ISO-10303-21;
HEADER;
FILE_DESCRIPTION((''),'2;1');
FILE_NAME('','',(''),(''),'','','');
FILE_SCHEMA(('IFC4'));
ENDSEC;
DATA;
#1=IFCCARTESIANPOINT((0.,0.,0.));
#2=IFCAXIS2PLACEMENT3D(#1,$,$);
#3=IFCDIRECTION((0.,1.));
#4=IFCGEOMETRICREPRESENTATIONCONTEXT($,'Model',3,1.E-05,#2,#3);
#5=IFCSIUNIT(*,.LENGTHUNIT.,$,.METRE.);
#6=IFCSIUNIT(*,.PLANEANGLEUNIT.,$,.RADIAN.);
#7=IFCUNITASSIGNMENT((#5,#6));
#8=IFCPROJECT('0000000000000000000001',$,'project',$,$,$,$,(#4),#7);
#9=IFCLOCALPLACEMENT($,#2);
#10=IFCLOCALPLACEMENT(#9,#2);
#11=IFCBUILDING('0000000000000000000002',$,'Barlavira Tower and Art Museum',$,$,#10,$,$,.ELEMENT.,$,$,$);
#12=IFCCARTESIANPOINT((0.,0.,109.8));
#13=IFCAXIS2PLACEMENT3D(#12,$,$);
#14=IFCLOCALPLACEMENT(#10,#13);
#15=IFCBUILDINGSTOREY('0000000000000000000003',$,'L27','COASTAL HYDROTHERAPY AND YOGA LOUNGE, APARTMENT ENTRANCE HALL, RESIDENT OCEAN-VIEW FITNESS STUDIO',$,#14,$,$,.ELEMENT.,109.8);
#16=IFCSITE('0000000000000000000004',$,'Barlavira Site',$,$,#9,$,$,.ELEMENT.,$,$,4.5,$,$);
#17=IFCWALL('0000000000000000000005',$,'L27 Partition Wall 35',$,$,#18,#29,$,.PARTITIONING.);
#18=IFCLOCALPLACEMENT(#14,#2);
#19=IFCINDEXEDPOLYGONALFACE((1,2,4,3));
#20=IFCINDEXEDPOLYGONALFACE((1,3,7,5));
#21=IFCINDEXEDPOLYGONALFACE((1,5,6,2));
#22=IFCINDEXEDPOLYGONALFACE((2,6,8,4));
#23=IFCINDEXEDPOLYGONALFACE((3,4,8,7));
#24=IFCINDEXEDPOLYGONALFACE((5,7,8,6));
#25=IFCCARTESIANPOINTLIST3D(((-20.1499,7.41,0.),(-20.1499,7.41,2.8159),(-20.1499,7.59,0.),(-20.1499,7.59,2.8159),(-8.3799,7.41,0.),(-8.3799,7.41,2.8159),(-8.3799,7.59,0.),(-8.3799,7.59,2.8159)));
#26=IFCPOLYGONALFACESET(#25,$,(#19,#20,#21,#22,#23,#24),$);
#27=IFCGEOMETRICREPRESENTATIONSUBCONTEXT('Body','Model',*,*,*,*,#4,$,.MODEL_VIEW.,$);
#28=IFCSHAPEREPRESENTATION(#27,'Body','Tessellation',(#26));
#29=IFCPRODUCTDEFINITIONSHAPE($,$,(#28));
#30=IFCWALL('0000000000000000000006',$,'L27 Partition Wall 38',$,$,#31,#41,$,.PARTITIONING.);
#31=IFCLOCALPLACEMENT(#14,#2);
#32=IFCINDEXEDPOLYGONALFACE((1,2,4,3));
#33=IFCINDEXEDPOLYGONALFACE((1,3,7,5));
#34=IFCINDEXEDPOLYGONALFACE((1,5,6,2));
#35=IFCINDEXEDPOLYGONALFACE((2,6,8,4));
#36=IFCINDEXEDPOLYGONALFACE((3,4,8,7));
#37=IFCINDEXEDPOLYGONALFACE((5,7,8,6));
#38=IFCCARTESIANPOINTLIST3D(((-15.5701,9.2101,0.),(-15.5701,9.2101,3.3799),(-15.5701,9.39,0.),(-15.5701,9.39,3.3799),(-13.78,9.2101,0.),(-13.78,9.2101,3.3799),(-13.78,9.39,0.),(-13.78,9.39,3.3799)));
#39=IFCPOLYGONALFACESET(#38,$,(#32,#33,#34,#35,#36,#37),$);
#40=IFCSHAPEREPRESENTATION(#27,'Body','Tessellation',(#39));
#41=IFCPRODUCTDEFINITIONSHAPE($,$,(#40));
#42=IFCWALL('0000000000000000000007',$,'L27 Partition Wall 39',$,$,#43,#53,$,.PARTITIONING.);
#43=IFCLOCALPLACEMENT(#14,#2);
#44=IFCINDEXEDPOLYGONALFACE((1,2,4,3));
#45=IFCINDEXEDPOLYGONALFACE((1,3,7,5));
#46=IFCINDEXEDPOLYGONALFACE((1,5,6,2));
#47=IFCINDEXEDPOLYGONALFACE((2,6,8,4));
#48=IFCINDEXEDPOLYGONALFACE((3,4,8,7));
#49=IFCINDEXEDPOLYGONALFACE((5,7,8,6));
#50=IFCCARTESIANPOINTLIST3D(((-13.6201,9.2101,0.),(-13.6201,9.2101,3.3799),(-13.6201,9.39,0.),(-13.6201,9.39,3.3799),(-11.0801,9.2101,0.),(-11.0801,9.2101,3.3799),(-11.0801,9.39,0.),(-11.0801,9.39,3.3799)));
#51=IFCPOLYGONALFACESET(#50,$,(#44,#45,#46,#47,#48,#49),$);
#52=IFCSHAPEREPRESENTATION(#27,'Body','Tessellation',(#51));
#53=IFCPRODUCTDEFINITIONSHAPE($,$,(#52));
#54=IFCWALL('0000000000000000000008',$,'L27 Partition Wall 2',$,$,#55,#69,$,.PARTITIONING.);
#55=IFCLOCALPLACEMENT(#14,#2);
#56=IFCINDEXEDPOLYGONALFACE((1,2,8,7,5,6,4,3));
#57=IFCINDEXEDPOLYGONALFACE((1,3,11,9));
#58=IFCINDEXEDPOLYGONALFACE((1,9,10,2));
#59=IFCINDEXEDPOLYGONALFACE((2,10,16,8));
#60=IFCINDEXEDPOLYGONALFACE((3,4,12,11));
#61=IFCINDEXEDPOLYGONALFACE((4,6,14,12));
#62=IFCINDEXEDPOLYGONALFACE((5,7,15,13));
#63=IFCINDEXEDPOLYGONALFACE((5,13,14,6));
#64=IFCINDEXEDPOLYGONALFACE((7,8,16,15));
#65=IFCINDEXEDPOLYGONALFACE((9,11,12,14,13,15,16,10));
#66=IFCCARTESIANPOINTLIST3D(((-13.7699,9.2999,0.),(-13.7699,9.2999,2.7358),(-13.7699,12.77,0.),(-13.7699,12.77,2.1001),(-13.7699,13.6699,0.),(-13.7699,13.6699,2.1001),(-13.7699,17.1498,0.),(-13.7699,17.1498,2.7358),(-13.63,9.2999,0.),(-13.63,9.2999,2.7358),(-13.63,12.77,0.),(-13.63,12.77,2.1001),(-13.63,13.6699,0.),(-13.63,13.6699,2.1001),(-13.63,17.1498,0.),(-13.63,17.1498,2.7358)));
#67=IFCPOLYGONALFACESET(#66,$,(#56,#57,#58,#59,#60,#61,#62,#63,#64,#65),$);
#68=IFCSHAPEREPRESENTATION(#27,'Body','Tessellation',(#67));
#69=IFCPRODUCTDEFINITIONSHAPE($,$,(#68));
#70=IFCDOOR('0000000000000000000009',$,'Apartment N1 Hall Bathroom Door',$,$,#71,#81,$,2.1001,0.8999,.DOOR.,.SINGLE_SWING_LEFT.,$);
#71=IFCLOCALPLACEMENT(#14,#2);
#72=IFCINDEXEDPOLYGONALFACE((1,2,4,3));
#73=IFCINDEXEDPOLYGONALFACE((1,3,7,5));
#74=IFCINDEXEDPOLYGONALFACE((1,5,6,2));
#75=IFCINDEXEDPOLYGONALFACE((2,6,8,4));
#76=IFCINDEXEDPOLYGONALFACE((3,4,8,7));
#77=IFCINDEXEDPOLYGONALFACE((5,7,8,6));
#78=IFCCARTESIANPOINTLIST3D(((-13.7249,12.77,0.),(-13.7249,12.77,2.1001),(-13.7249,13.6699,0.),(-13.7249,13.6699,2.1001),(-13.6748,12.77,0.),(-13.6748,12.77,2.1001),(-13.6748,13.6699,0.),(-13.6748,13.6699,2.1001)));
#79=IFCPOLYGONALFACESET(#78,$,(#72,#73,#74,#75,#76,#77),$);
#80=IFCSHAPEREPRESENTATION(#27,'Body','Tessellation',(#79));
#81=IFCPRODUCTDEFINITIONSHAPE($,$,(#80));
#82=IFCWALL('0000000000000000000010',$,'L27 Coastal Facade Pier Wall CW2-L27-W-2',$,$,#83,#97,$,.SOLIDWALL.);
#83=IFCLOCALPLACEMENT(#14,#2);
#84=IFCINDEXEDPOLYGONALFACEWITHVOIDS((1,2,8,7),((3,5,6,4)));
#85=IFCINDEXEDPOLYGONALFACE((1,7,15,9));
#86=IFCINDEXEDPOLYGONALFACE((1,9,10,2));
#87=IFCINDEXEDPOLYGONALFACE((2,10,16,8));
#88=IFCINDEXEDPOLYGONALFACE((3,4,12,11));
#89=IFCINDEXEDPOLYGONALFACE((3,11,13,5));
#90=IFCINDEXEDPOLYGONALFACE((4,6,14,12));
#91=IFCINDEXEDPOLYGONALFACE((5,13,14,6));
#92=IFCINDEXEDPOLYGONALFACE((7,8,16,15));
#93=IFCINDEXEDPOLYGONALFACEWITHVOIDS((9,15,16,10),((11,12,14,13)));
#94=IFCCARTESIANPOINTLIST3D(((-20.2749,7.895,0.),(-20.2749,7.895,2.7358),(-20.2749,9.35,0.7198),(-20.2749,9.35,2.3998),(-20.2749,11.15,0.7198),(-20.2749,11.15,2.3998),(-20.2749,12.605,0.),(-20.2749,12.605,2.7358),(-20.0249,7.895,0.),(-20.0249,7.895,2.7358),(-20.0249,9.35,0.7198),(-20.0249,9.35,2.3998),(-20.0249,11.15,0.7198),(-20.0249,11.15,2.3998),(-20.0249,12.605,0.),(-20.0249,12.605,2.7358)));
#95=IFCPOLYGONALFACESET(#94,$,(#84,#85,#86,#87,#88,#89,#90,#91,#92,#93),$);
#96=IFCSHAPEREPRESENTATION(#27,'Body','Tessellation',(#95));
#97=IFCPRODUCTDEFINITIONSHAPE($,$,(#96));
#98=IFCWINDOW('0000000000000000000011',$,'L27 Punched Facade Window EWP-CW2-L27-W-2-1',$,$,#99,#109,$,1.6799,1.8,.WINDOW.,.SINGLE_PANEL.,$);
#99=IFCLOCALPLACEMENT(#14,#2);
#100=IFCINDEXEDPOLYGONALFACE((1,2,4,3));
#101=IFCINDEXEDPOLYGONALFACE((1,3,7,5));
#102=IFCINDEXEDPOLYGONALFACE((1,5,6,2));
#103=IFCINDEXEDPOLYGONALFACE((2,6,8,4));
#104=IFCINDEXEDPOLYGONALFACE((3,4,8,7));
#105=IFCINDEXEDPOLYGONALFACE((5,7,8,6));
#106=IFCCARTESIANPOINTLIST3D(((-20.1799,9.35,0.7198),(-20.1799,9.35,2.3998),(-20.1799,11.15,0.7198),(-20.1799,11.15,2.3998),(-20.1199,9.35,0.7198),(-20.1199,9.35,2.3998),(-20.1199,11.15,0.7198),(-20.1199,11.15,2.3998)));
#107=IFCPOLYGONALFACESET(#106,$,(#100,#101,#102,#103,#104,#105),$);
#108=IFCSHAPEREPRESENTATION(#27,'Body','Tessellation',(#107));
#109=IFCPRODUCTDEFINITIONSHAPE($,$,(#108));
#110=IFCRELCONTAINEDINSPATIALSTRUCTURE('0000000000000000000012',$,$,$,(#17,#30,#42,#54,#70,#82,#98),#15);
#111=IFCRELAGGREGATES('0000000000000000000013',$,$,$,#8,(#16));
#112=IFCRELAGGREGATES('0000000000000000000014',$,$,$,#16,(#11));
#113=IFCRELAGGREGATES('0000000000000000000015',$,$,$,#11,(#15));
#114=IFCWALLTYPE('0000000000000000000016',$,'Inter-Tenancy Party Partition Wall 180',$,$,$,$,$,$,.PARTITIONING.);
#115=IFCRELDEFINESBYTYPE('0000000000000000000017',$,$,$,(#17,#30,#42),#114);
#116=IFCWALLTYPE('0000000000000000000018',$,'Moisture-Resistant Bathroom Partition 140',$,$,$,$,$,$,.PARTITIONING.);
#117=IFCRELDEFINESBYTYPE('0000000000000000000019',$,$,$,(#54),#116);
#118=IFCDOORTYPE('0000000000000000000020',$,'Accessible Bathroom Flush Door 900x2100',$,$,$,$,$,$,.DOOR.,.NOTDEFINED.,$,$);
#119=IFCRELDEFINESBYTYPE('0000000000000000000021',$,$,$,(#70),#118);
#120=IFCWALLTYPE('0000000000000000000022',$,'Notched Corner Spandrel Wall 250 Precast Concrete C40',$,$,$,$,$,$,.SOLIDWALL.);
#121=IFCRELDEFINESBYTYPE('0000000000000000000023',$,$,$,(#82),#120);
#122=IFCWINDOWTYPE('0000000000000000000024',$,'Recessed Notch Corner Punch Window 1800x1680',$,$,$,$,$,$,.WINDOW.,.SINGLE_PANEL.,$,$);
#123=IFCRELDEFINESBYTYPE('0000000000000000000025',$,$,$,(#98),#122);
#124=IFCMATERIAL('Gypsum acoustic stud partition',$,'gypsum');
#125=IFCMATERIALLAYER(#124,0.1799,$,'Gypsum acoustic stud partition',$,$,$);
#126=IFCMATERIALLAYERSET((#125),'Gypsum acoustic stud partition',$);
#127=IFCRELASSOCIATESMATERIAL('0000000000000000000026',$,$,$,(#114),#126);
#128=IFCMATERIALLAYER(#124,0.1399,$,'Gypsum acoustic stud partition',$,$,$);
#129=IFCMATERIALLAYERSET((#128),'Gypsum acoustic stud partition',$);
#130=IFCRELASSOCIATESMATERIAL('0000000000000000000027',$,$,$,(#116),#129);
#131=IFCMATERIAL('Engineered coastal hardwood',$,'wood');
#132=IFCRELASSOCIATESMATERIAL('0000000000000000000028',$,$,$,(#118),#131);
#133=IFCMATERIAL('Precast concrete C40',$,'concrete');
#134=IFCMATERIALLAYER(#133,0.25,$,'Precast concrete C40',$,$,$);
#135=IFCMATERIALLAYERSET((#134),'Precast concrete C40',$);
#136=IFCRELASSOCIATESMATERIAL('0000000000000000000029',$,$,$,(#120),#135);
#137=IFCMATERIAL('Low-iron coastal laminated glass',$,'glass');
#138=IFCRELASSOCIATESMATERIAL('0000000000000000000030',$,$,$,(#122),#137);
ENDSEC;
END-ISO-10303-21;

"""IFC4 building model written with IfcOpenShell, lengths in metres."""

from ifc_helpers import new_model, si_unit, direction, frame, frame_2d, origin, place, context, subcontext, project, spatial, rectangle, extrude, material, layer, layer_set, type_object, element, fill, save


model = new_model("IFC4")

# Units and contexts
model_context = context("Model", 3, precision=1e-05, world=origin(), true_north=direction((0.0, 1.0)))
body_context = subcontext(model_context, "Body", "Model", "MODEL_VIEW")
ifc_project = project(units=[si_unit("LENGTHUNIT", "METRE"), si_unit("PLANEANGLEUNIT", "RADIAN")], contexts=[model_context])

# Site, building, storey
site_placement = place(None, origin())
site = spatial("IfcSite", under=ifc_project, at=site_placement, Name="Barlavira Site", CompositionType="ELEMENT", RefElevation=4.5)
building_placement = place(site_placement, origin())
building = spatial("IfcBuilding", under=site, at=building_placement, Name="Barlavira Tower and Art Museum", CompositionType="ELEMENT")
storey_placement = place(building_placement, frame((0.0, 0.0, 109.8)))
storey = spatial("IfcBuildingStorey", under=building, at=storey_placement, Name="L27", Description="COASTAL HYDROTHERAPY AND YOGA LOUNGE, APARTMENT ENTRANCE HALL, RESIDENT OCEAN-VIEW FITNESS STUDIO", CompositionType="ELEMENT", Elevation=109.8)

# Shared definitions
ifc_material_1 = material(Name="Low-iron coastal laminated glass", Category="glass")

# Walls
ifc_material_2 = material(Name="Gypsum acoustic stud partition", Category="gypsum")
ifc_layer_1 = layer(ifc_material_2, 0.1799, Name="Gypsum acoustic stud partition")
ifc_layer_set_1 = layer_set([ifc_layer_1], Name="Gypsum acoustic stud partition")
wall_type_1 = type_object("IfcWallType", Name="Inter-Tenancy Party Partition Wall 180", PredefinedType="PARTITIONING", material=ifc_layer_set_1)
wall_1_placement = place(storey_placement, frame((-20.1499, 7.5, 0.0), z_axis=(0.0, 0.0, 1.0), x_axis=(1.0, 0.0, 0.0)))
element("IfcWall", 1, at=wall_1_placement, inside=storey, type_object=wall_type_1, Name="L27 Partition Wall 35", PredefinedType="PARTITIONING", context=body_context, shape_type="SweptSolid", body=[
    extrude(rectangle(XDim=11.77, YDim=0.1799, at=frame_2d((5.885, 0.0))), origin(), (0.0, 0.0, 1.0), 2.8159),
])
wall_2_placement = place(storey_placement, frame((-15.5701, 9.3, 0.0), z_axis=(0.0, 0.0, 1.0), x_axis=(1.0, 0.0, 0.0)))
element("IfcWall", 2, at=wall_2_placement, inside=storey, type_object=wall_type_1, Name="L27 Partition Wall 38", PredefinedType="PARTITIONING", context=body_context, shape_type="SweptSolid", body=[
    extrude(rectangle(XDim=1.79, YDim=0.1799, at=frame_2d((0.895, 0.0))), origin(), (0.0, 0.0, 1.0), 3.3799),
])
wall_3_placement = place(storey_placement, frame((-13.6201, 9.3, 0.0), z_axis=(0.0, 0.0, 1.0), x_axis=(1.0, 0.0, 0.0)))
element("IfcWall", 3, at=wall_3_placement, inside=storey, type_object=wall_type_1, Name="L27 Partition Wall 39", PredefinedType="PARTITIONING", context=body_context, shape_type="SweptSolid", body=[
    extrude(rectangle(XDim=2.54, YDim=0.1799, at=frame_2d((1.27, 0.0))), origin(), (0.0, 0.0, 1.0), 3.3799),
])

# Wall, opening, door
ifc_layer_2 = layer(ifc_material_2, 0.1399, Name="Gypsum acoustic stud partition")
ifc_layer_set_2 = layer_set([ifc_layer_2], Name="Gypsum acoustic stud partition")
wall_type_2 = type_object("IfcWallType", Name="Moisture-Resistant Bathroom Partition 140", PredefinedType="PARTITIONING", material=ifc_layer_set_2)
wall_4_placement = place(storey_placement, frame((-13.7, 9.3, 0.0), z_axis=(0.0, 0.0, 1.0), x_axis=(0.0, 1.0, 0.0)))
wall_4 = element("IfcWall", 4, at=wall_4_placement, inside=storey, type_object=wall_type_2, Name="L27 Partition Wall 2", PredefinedType="PARTITIONING", context=body_context, shape_type="SweptSolid", body=[
    extrude(rectangle(XDim=7.8499, YDim=0.1399, at=frame_2d((3.9248, 0.0))), origin(), (0.0, 0.0, 1.0), 2.7358),
])
opening_1_placement = place(wall_4_placement, frame((3.47, 0.0, 0.0)))
opening_1 = element("IfcOpeningElement", 5, at=opening_1_placement, cuts=wall_4, PredefinedType="OPENING", context=body_context, shape_type="SweptSolid", body=[
    extrude(rectangle(XDim=0.8999, YDim=2.1001, at=frame_2d((0.45, 1.05))), frame((0.0, 0.0801, 0.0), z_axis=(0.0, -1.0, 0.0), x_axis=(1.0, 0.0, 0.0)), (0.0, 0.0, 1.0), 0.1599),
])
ifc_material_3 = material(Name="Engineered coastal hardwood", Category="wood")
door_type = type_object("IfcDoorType", Name="Accessible Bathroom Flush Door 900x2100", OperationType="NOTDEFINED", PredefinedType="DOOR", material=ifc_material_3)
door_placement = place(opening_1_placement, origin())
door = element("IfcDoor", 6, at=door_placement, inside=storey, type_object=door_type, Name="Apartment N1 Hall Bathroom Door", OperationType="SINGLE_SWING_LEFT", OverallHeight=2.1001, OverallWidth=0.8999, PredefinedType="DOOR", context=body_context, shape_type="SweptSolid", body=[
    extrude(rectangle(XDim=0.8999, YDim=2.1001, at=frame_2d((0.45, 1.05))), frame((0.0, 0.0249, 0.0), z_axis=(0.0, -1.0, 0.0), x_axis=(1.0, 0.0, 0.0)), (0.0, 0.0, 1.0), 0.05),
])
fill(opening_1, door)

# Wall, opening, window
ifc_material_4 = material(Name="Precast concrete C40", Category="concrete")
ifc_layer_3 = layer(ifc_material_4, 0.25, Name="Precast concrete C40")
ifc_layer_set_3 = layer_set([ifc_layer_3], Name="Precast concrete C40")
wall_type_3 = type_object("IfcWallType", Name="Notched Corner Spandrel Wall 250 Precast Concrete C40", PredefinedType="SOLIDWALL", material=ifc_layer_set_3)
wall_5_placement = place(storey_placement, frame((-20.1499, 12.605, 0.0), z_axis=(0.0, 0.0, 1.0), x_axis=(0.0, -1.0, 0.0)))
wall_5 = element("IfcWall", 7, at=wall_5_placement, inside=storey, type_object=wall_type_3, Name="L27 Coastal Facade Pier Wall CW2-L27-W-2", PredefinedType="SOLIDWALL", context=body_context, shape_type="SweptSolid", body=[
    extrude(rectangle(XDim=4.71, YDim=0.25, at=frame_2d((2.355, 0.0))), origin(), (0.0, 0.0, 1.0), 2.7358),
])
opening_2_placement = place(wall_5_placement, frame((1.4551, 0.0, 0.72)))
opening_2 = element("IfcOpeningElement", 8, at=opening_2_placement, cuts=wall_5, PredefinedType="OPENING", context=body_context, shape_type="SweptSolid", body=[
    extrude(rectangle(XDim=1.8, YDim=1.6799, at=frame_2d((0.8999, 0.8398))), frame((0.0, 0.135, 0.0), z_axis=(0.0, -1.0, 0.0), x_axis=(1.0, 0.0, 0.0)), (0.0, 0.0, 1.0), 0.27),
])
window_type = type_object("IfcWindowType", Name="Recessed Notch Corner Punch Window 1800x1680", PartitioningType="SINGLE_PANEL", PredefinedType="WINDOW", material=ifc_material_1)
window_placement = place(opening_2_placement, origin())
window = element("IfcWindow", 9, at=window_placement, inside=storey, type_object=window_type, Name="L27 Punched Facade Window EWP-CW2-L27-W-2-1", OverallHeight=1.6799, OverallWidth=1.8, PartitioningType="SINGLE_PANEL", PredefinedType="WINDOW", context=body_context, shape_type="SweptSolid", body=[
    extrude(rectangle(XDim=1.8, YDim=1.6799, at=frame_2d((0.8999, 0.8398))), frame((0.0, 0.03, 0.0), z_axis=(0.0, -1.0, 0.0), x_axis=(1.0, 0.0, 0.0)), (0.0, 0.0, 1.0), 0.0601),
])
fill(opening_2, window)

save(model, "model.ifc")
